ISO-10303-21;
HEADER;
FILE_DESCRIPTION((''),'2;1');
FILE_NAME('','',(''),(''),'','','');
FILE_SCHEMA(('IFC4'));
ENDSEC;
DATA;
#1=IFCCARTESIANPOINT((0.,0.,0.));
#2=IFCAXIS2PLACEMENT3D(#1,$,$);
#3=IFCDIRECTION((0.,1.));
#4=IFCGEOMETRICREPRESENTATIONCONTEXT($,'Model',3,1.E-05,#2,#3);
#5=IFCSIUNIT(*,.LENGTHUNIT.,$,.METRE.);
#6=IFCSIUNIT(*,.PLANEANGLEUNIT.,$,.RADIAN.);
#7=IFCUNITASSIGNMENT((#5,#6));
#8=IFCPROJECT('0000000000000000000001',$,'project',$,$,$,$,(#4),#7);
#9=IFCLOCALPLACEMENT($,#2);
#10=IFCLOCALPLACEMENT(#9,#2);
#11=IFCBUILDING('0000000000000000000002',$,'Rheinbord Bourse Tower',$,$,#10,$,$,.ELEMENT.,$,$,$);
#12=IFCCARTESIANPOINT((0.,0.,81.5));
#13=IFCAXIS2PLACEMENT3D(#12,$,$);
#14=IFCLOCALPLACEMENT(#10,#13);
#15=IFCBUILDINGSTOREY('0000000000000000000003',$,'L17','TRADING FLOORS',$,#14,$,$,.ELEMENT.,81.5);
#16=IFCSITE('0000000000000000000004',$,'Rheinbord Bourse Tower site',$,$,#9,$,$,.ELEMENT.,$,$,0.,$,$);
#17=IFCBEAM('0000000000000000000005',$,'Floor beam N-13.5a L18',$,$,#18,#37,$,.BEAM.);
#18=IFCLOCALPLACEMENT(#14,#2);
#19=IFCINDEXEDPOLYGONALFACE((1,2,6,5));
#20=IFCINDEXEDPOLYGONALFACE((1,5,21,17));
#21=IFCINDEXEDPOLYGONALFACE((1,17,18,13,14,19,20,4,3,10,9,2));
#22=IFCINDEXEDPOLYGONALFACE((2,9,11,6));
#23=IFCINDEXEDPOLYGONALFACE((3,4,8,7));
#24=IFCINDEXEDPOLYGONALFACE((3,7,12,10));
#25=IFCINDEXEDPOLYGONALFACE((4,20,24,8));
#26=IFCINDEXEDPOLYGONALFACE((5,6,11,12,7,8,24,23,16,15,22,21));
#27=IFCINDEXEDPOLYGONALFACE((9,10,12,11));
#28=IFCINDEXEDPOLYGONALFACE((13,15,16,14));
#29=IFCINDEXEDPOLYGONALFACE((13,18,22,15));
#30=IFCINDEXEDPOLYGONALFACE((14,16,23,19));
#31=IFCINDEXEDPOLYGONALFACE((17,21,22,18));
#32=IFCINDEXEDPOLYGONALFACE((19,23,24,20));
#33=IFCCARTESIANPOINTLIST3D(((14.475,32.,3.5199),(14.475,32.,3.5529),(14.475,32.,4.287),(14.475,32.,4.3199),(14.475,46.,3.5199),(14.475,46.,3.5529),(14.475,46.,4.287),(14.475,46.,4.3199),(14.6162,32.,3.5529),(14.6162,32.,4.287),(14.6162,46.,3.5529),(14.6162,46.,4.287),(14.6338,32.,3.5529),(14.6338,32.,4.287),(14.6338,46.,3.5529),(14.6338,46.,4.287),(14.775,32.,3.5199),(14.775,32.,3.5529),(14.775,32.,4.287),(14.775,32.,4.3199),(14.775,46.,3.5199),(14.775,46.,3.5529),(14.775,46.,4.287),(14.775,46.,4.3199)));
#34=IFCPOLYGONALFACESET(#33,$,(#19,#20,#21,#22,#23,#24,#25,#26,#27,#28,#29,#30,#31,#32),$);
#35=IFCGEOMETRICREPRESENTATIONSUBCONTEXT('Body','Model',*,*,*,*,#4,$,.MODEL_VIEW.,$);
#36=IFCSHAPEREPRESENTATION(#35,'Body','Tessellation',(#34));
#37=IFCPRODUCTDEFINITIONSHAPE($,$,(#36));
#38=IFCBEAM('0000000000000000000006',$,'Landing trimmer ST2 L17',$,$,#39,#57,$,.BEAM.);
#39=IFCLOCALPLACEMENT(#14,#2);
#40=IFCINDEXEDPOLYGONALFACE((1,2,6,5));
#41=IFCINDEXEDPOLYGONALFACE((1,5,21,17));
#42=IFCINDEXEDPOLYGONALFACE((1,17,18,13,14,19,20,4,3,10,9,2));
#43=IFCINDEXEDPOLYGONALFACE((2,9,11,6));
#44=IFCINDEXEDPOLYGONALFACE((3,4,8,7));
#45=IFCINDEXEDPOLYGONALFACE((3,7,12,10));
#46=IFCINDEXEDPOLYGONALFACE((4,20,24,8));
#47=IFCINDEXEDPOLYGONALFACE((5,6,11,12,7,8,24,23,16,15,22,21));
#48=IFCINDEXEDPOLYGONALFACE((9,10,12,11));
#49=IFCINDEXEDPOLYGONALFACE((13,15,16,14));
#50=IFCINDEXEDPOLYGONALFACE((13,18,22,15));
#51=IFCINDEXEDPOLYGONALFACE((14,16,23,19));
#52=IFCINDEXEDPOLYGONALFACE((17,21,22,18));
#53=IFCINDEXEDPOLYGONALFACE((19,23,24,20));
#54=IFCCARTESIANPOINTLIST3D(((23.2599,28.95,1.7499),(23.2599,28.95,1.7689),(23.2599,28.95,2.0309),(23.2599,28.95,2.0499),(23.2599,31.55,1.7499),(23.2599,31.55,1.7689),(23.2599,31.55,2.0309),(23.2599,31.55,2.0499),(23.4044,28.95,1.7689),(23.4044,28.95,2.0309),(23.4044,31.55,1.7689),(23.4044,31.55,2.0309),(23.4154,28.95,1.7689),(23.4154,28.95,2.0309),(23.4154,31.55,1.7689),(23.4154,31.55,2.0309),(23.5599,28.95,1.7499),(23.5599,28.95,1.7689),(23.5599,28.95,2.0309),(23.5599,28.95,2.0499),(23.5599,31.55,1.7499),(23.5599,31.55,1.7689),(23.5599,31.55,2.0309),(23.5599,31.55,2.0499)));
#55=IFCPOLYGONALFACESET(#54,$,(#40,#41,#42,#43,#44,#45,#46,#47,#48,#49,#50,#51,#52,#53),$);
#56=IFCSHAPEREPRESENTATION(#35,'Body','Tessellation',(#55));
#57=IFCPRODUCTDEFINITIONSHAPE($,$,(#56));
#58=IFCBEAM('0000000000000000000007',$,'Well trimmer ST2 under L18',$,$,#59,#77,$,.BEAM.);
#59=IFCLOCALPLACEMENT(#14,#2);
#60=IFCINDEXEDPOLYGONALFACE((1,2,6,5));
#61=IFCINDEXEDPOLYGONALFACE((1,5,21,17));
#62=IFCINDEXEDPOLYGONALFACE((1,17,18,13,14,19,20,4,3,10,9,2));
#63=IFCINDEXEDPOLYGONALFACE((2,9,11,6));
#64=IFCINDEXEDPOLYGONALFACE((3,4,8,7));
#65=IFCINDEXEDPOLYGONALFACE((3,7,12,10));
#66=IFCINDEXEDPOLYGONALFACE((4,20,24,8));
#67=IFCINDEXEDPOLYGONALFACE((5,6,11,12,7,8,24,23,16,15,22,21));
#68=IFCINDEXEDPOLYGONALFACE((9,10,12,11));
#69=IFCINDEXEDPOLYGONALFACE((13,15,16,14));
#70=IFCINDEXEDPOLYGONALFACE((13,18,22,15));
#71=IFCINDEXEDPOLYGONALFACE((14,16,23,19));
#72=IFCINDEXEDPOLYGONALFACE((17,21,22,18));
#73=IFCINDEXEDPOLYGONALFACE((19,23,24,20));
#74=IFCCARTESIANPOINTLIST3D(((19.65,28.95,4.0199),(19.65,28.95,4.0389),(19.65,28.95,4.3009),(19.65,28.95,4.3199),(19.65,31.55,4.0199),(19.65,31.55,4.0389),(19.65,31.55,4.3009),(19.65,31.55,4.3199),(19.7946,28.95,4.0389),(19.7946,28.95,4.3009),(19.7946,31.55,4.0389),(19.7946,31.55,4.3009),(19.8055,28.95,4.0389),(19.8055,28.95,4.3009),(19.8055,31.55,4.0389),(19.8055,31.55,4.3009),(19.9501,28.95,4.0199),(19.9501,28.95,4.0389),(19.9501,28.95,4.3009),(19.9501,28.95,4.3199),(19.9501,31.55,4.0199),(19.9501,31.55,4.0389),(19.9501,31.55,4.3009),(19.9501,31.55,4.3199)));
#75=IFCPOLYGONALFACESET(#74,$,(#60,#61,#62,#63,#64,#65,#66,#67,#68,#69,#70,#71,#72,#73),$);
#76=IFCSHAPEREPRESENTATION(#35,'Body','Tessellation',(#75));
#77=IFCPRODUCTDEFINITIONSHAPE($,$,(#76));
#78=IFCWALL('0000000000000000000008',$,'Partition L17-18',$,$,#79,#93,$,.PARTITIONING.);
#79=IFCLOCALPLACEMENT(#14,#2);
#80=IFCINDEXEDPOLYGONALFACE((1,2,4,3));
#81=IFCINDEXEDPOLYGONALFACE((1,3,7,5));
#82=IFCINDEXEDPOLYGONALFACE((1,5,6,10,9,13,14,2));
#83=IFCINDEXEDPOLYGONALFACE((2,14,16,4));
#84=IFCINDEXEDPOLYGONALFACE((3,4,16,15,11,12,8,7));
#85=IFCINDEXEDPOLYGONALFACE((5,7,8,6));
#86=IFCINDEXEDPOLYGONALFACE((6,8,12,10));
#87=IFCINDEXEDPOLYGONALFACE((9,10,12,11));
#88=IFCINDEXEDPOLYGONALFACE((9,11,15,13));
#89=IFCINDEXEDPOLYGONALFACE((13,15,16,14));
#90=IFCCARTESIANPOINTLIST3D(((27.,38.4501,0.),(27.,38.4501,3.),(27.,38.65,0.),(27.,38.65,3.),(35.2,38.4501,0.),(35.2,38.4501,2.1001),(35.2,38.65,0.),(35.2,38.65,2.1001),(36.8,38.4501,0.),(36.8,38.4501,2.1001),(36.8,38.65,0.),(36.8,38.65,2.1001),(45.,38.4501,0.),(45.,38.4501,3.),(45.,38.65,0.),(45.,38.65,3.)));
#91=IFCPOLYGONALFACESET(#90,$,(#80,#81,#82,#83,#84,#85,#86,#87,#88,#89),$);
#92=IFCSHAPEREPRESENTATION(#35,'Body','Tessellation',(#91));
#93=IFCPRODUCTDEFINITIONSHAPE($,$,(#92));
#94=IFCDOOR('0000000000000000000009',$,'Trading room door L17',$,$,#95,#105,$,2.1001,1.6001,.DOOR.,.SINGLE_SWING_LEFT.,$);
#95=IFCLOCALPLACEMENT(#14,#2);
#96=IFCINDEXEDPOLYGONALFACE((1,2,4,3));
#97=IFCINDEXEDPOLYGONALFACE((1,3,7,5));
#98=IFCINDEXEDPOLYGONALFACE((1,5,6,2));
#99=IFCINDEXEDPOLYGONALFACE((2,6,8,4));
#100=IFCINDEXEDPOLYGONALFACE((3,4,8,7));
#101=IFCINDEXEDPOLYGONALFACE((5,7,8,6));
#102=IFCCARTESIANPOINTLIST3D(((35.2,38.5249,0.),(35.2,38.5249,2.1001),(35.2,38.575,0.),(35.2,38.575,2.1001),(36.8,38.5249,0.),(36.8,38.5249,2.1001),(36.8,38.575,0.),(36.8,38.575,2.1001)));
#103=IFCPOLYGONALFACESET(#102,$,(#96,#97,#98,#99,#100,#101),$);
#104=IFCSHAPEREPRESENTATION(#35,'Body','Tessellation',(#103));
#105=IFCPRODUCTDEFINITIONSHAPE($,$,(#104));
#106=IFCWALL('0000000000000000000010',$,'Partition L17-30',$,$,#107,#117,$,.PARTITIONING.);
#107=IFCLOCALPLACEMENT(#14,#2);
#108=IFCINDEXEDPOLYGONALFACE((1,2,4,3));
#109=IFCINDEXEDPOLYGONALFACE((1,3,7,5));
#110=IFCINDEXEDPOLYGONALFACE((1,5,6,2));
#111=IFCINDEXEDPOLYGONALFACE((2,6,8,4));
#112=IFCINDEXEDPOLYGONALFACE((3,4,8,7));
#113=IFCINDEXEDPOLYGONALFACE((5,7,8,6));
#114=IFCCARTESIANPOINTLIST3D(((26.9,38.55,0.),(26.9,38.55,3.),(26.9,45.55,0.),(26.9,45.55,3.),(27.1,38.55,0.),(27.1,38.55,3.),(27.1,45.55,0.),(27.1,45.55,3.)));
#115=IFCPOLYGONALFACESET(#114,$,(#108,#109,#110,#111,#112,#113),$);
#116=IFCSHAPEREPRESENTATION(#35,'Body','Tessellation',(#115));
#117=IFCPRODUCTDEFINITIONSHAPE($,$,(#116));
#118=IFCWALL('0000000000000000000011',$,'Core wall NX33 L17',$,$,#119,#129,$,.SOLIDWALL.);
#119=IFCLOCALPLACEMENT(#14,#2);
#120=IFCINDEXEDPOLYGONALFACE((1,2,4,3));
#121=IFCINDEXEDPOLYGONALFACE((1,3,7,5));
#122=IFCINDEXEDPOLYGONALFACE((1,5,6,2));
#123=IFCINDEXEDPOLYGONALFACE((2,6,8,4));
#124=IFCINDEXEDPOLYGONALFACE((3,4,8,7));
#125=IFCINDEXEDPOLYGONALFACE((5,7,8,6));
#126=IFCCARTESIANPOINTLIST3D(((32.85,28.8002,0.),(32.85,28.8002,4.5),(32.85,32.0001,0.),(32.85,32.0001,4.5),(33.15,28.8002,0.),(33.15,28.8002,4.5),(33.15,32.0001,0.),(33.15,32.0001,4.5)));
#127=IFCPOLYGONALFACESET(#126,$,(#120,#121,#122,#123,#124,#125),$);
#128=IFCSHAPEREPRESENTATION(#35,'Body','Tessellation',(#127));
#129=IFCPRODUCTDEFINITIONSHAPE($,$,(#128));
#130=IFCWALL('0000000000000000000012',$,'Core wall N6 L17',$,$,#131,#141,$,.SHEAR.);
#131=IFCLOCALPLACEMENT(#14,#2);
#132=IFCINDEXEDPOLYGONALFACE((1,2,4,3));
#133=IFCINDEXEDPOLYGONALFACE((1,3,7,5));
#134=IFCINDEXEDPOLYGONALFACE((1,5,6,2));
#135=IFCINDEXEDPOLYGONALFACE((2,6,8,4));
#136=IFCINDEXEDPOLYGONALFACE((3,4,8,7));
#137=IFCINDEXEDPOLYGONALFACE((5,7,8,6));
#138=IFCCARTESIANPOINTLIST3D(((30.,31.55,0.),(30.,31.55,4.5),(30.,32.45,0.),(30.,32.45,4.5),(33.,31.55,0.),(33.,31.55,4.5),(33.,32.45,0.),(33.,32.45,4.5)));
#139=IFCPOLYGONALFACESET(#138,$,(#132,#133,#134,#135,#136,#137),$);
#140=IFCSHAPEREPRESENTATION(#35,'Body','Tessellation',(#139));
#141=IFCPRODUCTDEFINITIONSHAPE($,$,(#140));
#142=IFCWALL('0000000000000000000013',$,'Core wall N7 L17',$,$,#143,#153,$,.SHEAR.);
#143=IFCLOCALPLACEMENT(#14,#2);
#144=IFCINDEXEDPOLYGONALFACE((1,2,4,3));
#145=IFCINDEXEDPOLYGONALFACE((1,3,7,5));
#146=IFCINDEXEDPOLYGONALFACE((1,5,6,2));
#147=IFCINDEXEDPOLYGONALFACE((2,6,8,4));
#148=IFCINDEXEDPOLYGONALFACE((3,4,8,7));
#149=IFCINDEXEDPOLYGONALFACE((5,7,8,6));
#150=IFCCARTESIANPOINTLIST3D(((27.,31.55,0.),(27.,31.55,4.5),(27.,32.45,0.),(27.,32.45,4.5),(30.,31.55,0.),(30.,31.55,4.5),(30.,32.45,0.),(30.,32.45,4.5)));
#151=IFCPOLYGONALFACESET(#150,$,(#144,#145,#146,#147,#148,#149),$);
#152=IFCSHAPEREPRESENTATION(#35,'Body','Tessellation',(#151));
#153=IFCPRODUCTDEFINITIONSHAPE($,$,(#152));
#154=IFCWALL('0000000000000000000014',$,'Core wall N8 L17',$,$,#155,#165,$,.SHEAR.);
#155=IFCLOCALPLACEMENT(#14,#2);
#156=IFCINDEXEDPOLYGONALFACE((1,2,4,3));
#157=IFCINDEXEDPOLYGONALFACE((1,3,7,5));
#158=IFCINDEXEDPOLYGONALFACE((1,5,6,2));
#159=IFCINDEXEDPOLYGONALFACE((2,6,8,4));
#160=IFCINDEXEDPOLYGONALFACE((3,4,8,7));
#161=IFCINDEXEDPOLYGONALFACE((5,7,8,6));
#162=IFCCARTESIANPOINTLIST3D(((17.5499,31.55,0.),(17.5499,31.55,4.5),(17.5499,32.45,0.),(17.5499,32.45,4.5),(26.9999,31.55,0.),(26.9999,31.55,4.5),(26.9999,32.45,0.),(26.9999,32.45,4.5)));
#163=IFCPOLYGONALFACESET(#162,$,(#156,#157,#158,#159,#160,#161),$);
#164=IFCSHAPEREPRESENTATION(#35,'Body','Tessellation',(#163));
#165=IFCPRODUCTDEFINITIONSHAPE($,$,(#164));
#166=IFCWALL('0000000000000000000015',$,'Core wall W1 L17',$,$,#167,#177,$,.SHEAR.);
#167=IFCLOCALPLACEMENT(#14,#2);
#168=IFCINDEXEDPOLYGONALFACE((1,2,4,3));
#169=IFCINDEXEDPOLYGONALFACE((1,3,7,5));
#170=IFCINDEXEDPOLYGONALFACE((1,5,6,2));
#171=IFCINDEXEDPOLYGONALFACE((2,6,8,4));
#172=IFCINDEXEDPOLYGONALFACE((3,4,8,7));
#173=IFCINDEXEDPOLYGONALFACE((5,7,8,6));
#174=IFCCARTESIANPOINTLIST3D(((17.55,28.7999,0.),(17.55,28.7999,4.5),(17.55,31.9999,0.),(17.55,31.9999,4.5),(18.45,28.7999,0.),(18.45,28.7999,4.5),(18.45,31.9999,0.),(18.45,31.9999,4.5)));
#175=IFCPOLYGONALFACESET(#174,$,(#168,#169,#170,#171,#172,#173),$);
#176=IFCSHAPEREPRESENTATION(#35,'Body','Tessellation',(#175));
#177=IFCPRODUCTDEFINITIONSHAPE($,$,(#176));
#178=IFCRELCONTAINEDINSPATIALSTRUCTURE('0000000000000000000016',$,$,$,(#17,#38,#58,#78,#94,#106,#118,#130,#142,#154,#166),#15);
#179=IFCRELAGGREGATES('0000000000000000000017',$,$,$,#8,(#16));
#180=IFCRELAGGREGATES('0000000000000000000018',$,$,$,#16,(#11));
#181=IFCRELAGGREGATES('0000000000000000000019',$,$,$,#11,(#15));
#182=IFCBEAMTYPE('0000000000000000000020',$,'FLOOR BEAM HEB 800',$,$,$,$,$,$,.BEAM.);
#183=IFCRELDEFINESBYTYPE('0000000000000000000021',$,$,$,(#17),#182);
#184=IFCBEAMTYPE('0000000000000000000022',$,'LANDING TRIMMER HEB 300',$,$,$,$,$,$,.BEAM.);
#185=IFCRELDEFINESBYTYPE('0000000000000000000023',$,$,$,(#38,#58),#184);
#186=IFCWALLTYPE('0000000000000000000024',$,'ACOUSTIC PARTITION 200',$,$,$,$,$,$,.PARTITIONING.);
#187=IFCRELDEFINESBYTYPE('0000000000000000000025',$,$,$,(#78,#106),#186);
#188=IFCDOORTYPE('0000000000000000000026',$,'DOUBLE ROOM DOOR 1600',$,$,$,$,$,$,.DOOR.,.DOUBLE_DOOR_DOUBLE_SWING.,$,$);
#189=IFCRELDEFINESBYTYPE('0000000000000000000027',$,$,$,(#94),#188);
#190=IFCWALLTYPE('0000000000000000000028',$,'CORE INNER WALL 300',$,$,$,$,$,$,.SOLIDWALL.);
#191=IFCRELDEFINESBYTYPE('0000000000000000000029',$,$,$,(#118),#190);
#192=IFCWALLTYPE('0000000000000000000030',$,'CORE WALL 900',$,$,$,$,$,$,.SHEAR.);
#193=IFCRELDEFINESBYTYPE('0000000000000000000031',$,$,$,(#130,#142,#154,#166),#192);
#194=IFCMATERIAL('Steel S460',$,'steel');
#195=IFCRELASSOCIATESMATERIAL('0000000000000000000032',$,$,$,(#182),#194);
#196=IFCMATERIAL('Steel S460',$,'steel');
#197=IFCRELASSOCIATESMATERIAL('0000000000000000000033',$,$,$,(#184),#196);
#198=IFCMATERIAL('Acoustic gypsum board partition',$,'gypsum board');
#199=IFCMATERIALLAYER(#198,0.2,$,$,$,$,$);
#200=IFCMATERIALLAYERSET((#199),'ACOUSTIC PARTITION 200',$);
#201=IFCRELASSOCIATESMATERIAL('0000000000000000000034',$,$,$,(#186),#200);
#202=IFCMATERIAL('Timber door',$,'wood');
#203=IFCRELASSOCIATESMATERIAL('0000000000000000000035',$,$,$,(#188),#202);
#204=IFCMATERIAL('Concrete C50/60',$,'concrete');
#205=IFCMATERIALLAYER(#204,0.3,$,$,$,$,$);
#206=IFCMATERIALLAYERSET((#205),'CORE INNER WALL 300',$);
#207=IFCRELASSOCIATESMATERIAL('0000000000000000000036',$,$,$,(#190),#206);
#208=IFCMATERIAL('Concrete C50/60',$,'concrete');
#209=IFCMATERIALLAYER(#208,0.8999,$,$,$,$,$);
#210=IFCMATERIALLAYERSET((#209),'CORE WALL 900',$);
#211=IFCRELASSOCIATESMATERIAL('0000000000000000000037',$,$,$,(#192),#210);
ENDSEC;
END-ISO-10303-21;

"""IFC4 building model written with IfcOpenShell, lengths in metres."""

from ifc_helpers import new_model, si_unit, direction, frame, frame_2d, origin, origin_2d, place, context, subcontext, project, spatial, rectangle, i_section, extrude, material, layer, layer_set, material_profile, profile_set, type_object, element, fill, save


model = new_model("IFC4")

# Units and contexts
model_context = context("Model", 3, precision=1e-05, world=origin(), true_north=direction((0.0, 1.0)))
body_context = subcontext(model_context, "Body", "Model", "MODEL_VIEW")
ifc_project = project(units=[si_unit("LENGTHUNIT", "METRE"), si_unit("PLANEANGLEUNIT", "RADIAN")], contexts=[model_context])

# Site, building, storey
site_placement = place(None, origin())
site = spatial("IfcSite", under=ifc_project, at=site_placement, Name="Rheinbord Bourse Tower site", CompositionType="ELEMENT", RefElevation=0.0)
building_placement = place(site_placement, origin())
building = spatial("IfcBuilding", under=site, at=building_placement, Name="Rheinbord Bourse Tower", CompositionType="ELEMENT")
storey_placement = place(building_placement, frame((0.0, 0.0, 81.5)))
storey = spatial("IfcBuildingStorey", under=building, at=storey_placement, Name="L17", Description="TRADING FLOORS", CompositionType="ELEMENT", Elevation=81.5)

# Beams
ifc_material_1 = material(Name="Steel S460", Category="steel")
ifc_material_profile_1 = material_profile(ifc_material_1, i_section(OverallWidth=0.3, OverallDepth=0.8, WebThickness=0.0176, FlangeThickness=0.033, at=origin_2d()), Name="HEB 800")
ifc_profile_set_1 = profile_set([ifc_material_profile_1], Name="Steel S460")
beam_type_1 = type_object("IfcBeamType", Name="FLOOR BEAM HEB 800", PredefinedType="BEAM", material=ifc_profile_set_1)
beam_placement = place(storey_placement, frame((14.625, 46.0, 3.9199), z_axis=(0.0, -1.0, 0.0), x_axis=(1.0, 0.0, 0.0)))
element("IfcBeam", 1, at=beam_placement, inside=storey, type_object=beam_type_1, Name="Floor beam N-13.5a L18", PredefinedType="BEAM", context=body_context, shape_type="SweptSolid", body=[
    extrude(i_section(OverallWidth=0.3, OverallDepth=0.8, WebThickness=0.0176, FlangeThickness=0.033, at=origin_2d()), origin(), (0.0, 0.0, 1.0), 14.0),
])
ifc_material_2 = material(Name="Steel S460", Category="steel")
ifc_material_profile_2 = material_profile(ifc_material_2, i_section(OverallWidth=0.3, OverallDepth=0.3, WebThickness=0.011, FlangeThickness=0.019, at=origin_2d()), Name="HEB 300")
ifc_profile_set_2 = profile_set([ifc_material_profile_2], Name="Steel S460")
beam_type_2 = type_object("IfcBeamType", Name="LANDING TRIMMER HEB 300", PredefinedType="BEAM", material=ifc_profile_set_2)
for number, where, z_axis, x_axis, name in (
    (2, (23.4099, 28.95, 1.8999), (0.0, 1.0, 0.0), (-1.0, 0.0, 0.0), "Landing trimmer ST2 L17"),
    (3, (19.8, 28.95, 4.1699), (0.0, 1.0, 0.0), (-1.0, 0.0, 0.0), "Well trimmer ST2 under L18"),
):
    element("IfcBeam", number, at=place(storey_placement, frame(where, z_axis=z_axis, x_axis=x_axis)), inside=storey, type_object=beam_type_2, Name=name, PredefinedType="BEAM", context=body_context, shape_type="SweptSolid", body=[
        extrude(i_section(OverallWidth=0.3, OverallDepth=0.3, WebThickness=0.011, FlangeThickness=0.019, at=origin_2d()), origin(), (0.0, 0.0, 1.0), 2.6001),
    ])

# Wall, opening, door
ifc_material_3 = material(Name="Acoustic gypsum board partition", Category="gypsum board")
ifc_layer_1 = layer(ifc_material_3, 0.2)
ifc_layer_set_1 = layer_set([ifc_layer_1], Name="ACOUSTIC PARTITION 200")
wall_type_1 = type_object("IfcWallType", Name="ACOUSTIC PARTITION 200", PredefinedType="PARTITIONING", material=ifc_layer_set_1)
wall_1_placement = place(storey_placement, frame((27.0, 38.55, 0.0), z_axis=(0.0, 0.0, 1.0), x_axis=(1.0, 0.0, 0.0)))
wall_1 = element("IfcWall", 4, at=wall_1_placement, inside=storey, type_object=wall_type_1, Name="Partition L17-18", PredefinedType="PARTITIONING", context=body_context, shape_type="SweptSolid", body=[
    extrude(rectangle(XDim=18.0, YDim=0.2, at=frame_2d((9.0, 0.0))), origin(), (0.0, 0.0, 1.0), 3.0),
])
opening_1_placement = place(wall_1_placement, frame((8.2, 0.0, 0.0)))
opening_1 = element("IfcOpeningElement", 5, at=opening_1_placement, cuts=wall_1, PredefinedType="OPENING", context=body_context, shape_type="SweptSolid", body=[
    extrude(rectangle(XDim=1.6001, YDim=2.1001, at=frame_2d((0.8, 1.05))), frame((0.0, 0.1099, 0.0), z_axis=(0.0, -1.0, 0.0), x_axis=(1.0, 0.0, 0.0)), (0.0, 0.0, 1.0), 0.22),
])
ifc_material_4 = material(Name="Timber door", Category="wood")
door_type_1 = type_object("IfcDoorType", Name="DOUBLE ROOM DOOR 1600", OperationType="DOUBLE_DOOR_DOUBLE_SWING", PredefinedType="DOOR", material=ifc_material_4)
door_1_placement = place(opening_1_placement, origin())
door_1 = element("IfcDoor", 6, at=door_1_placement, inside=storey, type_object=door_type_1, Name="Trading room door L17", OperationType="SINGLE_SWING_LEFT", OverallHeight=2.1001, OverallWidth=1.6001, PredefinedType="DOOR", context=body_context, shape_type="SweptSolid", body=[
    extrude(rectangle(XDim=1.6001, YDim=2.1001, at=frame_2d((0.8, 1.05))), frame((0.0, 0.0249, 0.0), z_axis=(0.0, -1.0, 0.0), x_axis=(1.0, 0.0, 0.0)), (0.0, 0.0, 1.0), 0.05),
])
fill(opening_1, door_1)

# Walls
wall_2_placement = place(storey_placement, frame((27.0, 38.55, 0.0), z_axis=(0.0, 0.0, 1.0), x_axis=(0.0, 1.0, 0.0)))
element("IfcWall", 7, at=wall_2_placement, inside=storey, type_object=wall_type_1, Name="Partition L17-30", PredefinedType="PARTITIONING", context=body_context, shape_type="SweptSolid", body=[
    extrude(rectangle(XDim=7.0, YDim=0.2, at=frame_2d((3.5, 0.0))), origin(), (0.0, 0.0, 1.0), 3.0),
])
ifc_material_5 = material(Name="Concrete C50/60", Category="concrete")
ifc_layer_2 = layer(ifc_material_5, 0.3)
ifc_layer_set_2 = layer_set([ifc_layer_2], Name="CORE INNER WALL 300")
wall_type_2 = type_object("IfcWallType", Name="CORE INNER WALL 300", PredefinedType="SOLIDWALL", material=ifc_layer_set_2)
wall_3_placement = place(storey_placement, frame((33.0, 28.8, 0.0), z_axis=(0.0, 0.0, 1.0), x_axis=(0.0, 1.0, 0.0)))
element("IfcWall", 8, at=wall_3_placement, inside=storey, type_object=wall_type_2, Name="Core wall NX33 L17", PredefinedType="SOLIDWALL", context=body_context, shape_type="SweptSolid", body=[
    extrude(rectangle(XDim=3.2, YDim=0.3, at=frame_2d((1.6001, 0.0))), origin(), (0.0, 0.0, 1.0), 4.5),
])
ifc_material_6 = material(Name="Concrete C50/60", Category="concrete")
ifc_layer_3 = layer(ifc_material_6, 0.8999)
ifc_layer_set_3 = layer_set([ifc_layer_3], Name="CORE WALL 900")
wall_type_3 = type_object("IfcWallType", Name="CORE WALL 900", PredefinedType="SHEAR", material=ifc_layer_set_3)
for number, where, z_axis, x_axis, name in (
    (9, (33.0, 32.0, 0.0), (0.0, 0.0, 1.0), (-1.0, 0.0, 0.0), "Core wall N6 L17"),
    (10, (30.0, 32.0, 0.0), (0.0, 0.0, 1.0), (-1.0, 0.0, 0.0), "Core wall N7 L17"),
):
    element("IfcWall", number, at=place(storey_placement, frame(where, z_axis=z_axis, x_axis=x_axis)), inside=storey, type_object=wall_type_3, Name=name, PredefinedType="SHEAR", context=body_context, shape_type="SweptSolid", body=[
        extrude(rectangle(XDim=3.0, YDim=0.8999, at=frame_2d((1.5, 0.0))), origin(), (0.0, 0.0, 1.0), 4.5),
    ])
wall_4_placement = place(storey_placement, frame((27.0, 32.0, 0.0), z_axis=(0.0, 0.0, 1.0), x_axis=(-1.0, 0.0, 0.0)))
element("IfcWall", 11, at=wall_4_placement, inside=storey, type_object=wall_type_3, Name="Core wall N8 L17", PredefinedType="SHEAR", context=body_context, shape_type="SweptSolid", body=[
    extrude(rectangle(XDim=9.45, YDim=0.8999, at=frame_2d((4.7251, 0.0))), origin(), (0.0, 0.0, 1.0), 4.5),
])
wall_5_placement = place(storey_placement, frame((18.0, 32.0, 0.0), z_axis=(0.0, 0.0, 1.0), x_axis=(0.0, -1.0, 0.0)))
element("IfcWall", 12, at=wall_5_placement, inside=storey, type_object=wall_type_3, Name="Core wall W1 L17", PredefinedType="SHEAR", context=body_context, shape_type="SweptSolid", body=[
    extrude(rectangle(XDim=3.2, YDim=0.8999, at=frame_2d((1.6001, 0.0))), origin(), (0.0, 0.0, 1.0), 4.5),
])

save(model, "model.ifc")
